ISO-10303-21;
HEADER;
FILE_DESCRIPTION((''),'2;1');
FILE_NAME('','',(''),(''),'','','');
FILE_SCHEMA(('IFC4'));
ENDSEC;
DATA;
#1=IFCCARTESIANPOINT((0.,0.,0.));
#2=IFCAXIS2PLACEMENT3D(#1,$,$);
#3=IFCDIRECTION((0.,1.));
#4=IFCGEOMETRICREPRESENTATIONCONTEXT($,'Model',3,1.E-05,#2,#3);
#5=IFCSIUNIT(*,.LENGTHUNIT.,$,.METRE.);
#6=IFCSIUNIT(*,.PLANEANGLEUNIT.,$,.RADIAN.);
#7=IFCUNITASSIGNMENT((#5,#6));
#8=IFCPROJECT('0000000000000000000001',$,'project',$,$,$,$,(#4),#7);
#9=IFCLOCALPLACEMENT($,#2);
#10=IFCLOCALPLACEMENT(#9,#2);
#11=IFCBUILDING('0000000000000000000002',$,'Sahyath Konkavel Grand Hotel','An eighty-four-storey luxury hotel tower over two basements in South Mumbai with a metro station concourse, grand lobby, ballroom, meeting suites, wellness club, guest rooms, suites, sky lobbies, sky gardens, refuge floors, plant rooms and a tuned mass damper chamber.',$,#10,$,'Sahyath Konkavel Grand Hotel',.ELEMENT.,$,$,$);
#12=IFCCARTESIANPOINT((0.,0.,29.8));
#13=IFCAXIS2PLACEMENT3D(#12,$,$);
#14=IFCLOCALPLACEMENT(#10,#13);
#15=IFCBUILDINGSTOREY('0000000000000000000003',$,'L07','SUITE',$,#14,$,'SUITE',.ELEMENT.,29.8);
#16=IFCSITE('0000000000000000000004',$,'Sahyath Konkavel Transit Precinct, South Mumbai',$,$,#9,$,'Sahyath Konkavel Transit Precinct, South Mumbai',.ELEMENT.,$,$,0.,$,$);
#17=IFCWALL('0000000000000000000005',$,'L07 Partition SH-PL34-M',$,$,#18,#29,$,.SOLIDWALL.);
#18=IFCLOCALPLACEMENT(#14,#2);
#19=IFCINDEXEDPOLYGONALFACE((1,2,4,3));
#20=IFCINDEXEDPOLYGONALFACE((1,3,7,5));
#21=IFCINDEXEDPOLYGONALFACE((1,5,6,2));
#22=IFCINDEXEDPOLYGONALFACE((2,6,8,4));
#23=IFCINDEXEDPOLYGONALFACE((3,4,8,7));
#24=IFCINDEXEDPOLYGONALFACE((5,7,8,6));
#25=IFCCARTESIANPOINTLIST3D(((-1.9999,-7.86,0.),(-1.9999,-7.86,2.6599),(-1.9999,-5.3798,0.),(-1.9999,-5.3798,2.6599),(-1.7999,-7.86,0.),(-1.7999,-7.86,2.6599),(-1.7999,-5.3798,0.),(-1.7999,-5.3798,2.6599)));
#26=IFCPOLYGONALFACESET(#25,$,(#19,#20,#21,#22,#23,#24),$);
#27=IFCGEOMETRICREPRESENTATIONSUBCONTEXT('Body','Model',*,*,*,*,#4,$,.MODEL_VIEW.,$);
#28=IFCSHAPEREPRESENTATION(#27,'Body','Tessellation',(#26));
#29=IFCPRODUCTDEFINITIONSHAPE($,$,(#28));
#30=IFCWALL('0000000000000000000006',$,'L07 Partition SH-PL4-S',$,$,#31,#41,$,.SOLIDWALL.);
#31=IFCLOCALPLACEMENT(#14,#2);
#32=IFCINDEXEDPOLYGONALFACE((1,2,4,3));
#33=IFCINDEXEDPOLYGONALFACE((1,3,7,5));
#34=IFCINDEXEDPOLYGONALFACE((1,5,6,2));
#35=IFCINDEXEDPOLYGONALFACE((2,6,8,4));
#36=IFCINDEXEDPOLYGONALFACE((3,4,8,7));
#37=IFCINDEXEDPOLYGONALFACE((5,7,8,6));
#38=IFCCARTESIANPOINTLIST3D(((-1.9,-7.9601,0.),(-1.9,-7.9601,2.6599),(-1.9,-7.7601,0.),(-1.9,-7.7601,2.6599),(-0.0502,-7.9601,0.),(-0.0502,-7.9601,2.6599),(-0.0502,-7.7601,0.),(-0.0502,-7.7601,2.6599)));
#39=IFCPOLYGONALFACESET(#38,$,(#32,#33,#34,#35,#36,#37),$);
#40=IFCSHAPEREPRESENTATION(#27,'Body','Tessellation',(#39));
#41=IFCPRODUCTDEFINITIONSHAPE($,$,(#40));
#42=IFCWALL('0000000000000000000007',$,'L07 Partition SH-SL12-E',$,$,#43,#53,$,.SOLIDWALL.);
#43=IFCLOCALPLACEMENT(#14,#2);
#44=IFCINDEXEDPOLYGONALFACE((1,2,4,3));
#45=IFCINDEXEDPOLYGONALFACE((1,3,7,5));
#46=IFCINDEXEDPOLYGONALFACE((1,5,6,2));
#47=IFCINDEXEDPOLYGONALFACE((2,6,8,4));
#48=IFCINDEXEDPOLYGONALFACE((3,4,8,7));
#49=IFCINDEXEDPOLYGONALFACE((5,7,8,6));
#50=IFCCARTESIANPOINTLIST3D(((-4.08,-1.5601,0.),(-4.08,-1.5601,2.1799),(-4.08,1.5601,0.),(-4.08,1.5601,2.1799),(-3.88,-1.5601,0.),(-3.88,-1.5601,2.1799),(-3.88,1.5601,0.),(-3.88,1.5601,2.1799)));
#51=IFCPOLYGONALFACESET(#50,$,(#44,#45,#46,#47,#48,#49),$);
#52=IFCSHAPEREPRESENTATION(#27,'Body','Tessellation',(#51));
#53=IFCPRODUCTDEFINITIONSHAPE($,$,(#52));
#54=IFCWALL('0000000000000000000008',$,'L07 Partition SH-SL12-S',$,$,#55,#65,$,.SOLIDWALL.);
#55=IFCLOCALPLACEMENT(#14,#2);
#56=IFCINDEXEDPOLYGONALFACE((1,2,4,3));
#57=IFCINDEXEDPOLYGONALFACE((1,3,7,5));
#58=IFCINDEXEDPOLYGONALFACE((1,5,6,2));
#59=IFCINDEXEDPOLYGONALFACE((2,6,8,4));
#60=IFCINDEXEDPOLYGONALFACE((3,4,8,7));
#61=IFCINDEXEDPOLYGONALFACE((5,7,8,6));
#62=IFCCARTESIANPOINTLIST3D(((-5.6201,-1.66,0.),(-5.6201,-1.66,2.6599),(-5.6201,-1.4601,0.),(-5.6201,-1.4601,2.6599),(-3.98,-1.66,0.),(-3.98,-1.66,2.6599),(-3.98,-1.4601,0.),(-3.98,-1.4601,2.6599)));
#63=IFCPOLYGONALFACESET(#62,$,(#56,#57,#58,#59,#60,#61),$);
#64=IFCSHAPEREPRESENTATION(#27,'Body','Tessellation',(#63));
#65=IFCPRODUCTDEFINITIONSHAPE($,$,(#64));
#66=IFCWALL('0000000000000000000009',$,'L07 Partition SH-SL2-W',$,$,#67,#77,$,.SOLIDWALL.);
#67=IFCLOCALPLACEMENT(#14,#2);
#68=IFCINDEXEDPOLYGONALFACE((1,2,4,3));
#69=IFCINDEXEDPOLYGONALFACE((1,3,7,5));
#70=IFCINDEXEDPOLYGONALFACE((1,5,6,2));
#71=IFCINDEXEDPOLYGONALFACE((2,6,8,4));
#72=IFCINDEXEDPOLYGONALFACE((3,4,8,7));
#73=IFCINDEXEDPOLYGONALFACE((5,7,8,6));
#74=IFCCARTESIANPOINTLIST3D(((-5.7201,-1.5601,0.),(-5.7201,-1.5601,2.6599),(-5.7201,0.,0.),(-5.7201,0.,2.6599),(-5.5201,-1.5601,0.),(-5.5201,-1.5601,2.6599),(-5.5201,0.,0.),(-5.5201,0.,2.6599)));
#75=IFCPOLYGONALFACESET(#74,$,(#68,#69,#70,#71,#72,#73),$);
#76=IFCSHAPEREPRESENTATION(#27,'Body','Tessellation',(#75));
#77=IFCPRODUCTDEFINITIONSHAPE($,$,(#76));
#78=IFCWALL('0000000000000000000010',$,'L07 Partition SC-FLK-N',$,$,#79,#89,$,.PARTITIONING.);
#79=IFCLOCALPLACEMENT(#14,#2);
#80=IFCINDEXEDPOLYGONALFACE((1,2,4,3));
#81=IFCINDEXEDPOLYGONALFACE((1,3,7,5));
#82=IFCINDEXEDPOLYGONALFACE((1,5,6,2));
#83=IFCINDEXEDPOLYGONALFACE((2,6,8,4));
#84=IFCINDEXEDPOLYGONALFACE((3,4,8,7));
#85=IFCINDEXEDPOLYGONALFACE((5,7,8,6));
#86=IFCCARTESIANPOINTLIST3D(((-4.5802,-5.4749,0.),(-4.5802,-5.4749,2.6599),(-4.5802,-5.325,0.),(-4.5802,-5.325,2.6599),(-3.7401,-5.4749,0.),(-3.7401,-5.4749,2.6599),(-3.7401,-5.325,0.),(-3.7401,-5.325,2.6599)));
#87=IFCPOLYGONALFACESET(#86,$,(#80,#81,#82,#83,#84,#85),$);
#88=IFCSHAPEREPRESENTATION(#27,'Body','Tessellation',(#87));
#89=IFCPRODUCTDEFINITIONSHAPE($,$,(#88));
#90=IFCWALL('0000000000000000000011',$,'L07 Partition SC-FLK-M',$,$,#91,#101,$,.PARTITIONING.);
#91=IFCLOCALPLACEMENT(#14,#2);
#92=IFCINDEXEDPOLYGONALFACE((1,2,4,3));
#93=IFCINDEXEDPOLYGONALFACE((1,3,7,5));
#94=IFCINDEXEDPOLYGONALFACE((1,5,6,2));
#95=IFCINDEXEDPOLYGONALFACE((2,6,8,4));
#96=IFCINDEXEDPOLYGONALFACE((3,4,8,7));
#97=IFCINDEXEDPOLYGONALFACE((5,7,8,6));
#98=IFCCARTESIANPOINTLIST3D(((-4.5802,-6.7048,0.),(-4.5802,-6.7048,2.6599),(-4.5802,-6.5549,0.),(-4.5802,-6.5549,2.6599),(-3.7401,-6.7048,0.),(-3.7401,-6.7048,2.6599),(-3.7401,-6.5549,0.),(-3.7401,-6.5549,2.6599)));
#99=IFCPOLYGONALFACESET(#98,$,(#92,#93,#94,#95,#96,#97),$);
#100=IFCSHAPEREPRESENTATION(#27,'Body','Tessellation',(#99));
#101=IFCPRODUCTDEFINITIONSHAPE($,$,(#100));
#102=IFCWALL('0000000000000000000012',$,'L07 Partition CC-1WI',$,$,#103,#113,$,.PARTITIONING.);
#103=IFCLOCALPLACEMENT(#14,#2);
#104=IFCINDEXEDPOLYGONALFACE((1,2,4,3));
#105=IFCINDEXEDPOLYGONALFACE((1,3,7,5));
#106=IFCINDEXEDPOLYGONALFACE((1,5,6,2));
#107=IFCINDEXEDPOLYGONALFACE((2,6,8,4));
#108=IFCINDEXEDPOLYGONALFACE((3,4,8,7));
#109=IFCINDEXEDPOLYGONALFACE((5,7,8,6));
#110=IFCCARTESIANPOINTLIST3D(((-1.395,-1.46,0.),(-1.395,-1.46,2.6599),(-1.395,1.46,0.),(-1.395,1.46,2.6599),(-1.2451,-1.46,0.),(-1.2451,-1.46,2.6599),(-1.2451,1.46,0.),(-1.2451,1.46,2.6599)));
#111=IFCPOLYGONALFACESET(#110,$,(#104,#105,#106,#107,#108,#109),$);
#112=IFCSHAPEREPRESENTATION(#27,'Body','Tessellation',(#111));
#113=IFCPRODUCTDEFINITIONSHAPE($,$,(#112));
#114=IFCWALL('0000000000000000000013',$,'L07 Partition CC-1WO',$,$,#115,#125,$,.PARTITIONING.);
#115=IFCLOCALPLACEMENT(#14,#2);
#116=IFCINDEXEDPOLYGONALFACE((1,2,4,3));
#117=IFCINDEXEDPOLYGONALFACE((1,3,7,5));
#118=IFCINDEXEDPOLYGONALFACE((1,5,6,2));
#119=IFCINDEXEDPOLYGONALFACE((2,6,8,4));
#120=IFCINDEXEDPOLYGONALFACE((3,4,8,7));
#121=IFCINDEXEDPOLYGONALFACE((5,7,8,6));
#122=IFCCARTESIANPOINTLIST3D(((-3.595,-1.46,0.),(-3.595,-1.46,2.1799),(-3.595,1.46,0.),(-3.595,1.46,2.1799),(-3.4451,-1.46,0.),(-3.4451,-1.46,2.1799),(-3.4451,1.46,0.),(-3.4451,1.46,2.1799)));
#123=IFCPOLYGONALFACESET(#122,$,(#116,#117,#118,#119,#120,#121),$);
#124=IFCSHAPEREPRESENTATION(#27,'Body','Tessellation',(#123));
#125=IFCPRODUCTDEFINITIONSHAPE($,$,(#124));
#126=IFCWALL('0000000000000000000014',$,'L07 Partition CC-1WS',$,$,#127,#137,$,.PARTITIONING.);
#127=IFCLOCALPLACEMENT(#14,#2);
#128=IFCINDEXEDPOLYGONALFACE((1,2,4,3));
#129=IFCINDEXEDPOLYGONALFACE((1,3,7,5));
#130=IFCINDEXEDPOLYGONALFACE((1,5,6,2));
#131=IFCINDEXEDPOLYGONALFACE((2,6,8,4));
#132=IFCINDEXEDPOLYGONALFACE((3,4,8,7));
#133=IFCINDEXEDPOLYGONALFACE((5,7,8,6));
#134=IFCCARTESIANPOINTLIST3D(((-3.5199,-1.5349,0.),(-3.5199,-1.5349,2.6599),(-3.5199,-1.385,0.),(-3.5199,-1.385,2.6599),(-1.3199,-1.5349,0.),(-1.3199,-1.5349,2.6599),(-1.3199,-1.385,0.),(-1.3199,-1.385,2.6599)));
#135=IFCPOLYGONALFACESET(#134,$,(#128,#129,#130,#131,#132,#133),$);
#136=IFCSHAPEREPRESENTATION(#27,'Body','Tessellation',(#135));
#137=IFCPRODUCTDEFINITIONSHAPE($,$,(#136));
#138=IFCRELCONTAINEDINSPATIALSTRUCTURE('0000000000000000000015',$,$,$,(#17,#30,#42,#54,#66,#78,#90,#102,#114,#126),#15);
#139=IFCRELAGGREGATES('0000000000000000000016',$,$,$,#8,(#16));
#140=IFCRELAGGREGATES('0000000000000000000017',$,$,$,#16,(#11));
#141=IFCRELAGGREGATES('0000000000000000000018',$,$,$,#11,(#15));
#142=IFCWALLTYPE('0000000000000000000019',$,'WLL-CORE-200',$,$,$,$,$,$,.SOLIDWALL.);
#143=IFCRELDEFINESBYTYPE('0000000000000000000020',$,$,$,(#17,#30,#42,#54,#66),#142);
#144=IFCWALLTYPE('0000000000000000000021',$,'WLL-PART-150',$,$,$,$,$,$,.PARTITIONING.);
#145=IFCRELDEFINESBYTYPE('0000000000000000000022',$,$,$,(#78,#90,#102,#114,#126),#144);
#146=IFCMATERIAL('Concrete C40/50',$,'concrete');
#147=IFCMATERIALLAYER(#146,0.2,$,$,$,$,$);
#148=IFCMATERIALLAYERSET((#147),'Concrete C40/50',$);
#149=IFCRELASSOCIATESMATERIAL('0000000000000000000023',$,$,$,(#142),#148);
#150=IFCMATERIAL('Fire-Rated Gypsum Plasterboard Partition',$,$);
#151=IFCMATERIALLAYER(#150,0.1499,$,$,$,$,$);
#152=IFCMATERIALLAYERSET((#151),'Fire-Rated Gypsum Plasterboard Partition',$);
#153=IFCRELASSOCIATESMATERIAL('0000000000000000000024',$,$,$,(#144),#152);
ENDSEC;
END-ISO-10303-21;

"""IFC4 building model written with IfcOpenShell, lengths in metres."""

from ifc_helpers import new_model, si_unit, direction, frame, frame_2d, origin, place, context, subcontext, project, spatial, rectangle, extrude, material, layer, layer_set, type_object, element, save


model = new_model("IFC4")

# Units and contexts
model_context = context("Model", 3, precision=1e-05, world=origin(), true_north=direction((0.0, 1.0)))
body_context = subcontext(model_context, "Body", "Model", "MODEL_VIEW")
ifc_project = project(units=[si_unit("LENGTHUNIT", "METRE"), si_unit("PLANEANGLEUNIT", "RADIAN")], contexts=[model_context])

# Site, building, storey
site_placement = place(None, origin())
site = spatial("IfcSite", under=ifc_project, at=site_placement, Name="Sahyath Konkavel Transit Precinct, South Mumbai", LongName="Sahyath Konkavel Transit Precinct, South Mumbai", CompositionType="ELEMENT", RefElevation=0.0)
building_placement = place(site_placement, origin())
building = spatial("IfcBuilding", under=site, at=building_placement, Name="Sahyath Konkavel Grand Hotel", Description="An eighty-four-storey luxury hotel tower over two basements in South Mumbai with a metro station concourse, grand lobby, ballroom, meeting suites, wellness club, guest rooms, suites, sky lobbies, sky gardens, refuge floors, plant rooms and a tuned mass damper chamber.", LongName="Sahyath Konkavel Grand Hotel", CompositionType="ELEMENT")
storey_placement = place(building_placement, frame((0.0, 0.0, 29.8)))
storey = spatial("IfcBuildingStorey", under=building, at=storey_placement, Name="L07", Description="SUITE", LongName="SUITE", CompositionType="ELEMENT", Elevation=29.8)

# Shared definitions
ifc_material_1 = material(Name="Concrete C40/50", Category="concrete")
ifc_layer_1 = layer(ifc_material_1, 0.2)
ifc_layer_set_1 = layer_set([ifc_layer_1], Name="Concrete C40/50")
wall_type_1 = type_object("IfcWallType", Name="WLL-CORE-200", PredefinedType="SOLIDWALL", material=ifc_layer_set_1)

# Walls
wall_1_placement = place(storey_placement, frame((-1.8999, -7.8601, 0.0), z_axis=(0.0, 0.0, 1.0), x_axis=(0.0, 1.0, 0.0)))
element("IfcWall", 1, at=wall_1_placement, inside=storey, type_object=wall_type_1, Name="L07 Partition SH-PL34-M", PredefinedType="SOLIDWALL", context=body_context, shape_type="SweptSolid", body=[
    extrude(rectangle(XDim=2.4802, YDim=0.2, at=frame_2d((1.2402, 0.0))), origin(), (0.0, 0.0, 1.0), 2.6599),
])
wall_2_placement = place(storey_placement, frame((-1.8999, -7.8601, 0.0), z_axis=(0.0, 0.0, 1.0), x_axis=(1.0, 0.0, 0.0)))
element("IfcWall", 2, at=wall_2_placement, inside=storey, type_object=wall_type_1, Name="L07 Partition SH-PL4-S", PredefinedType="SOLIDWALL", context=body_context, shape_type="SweptSolid", body=[
    extrude(rectangle(XDim=1.8499, YDim=0.2, at=frame_2d((0.9248, 0.0))), origin(), (0.0, 0.0, 1.0), 2.6599),
])
wall_3_placement = place(storey_placement, frame((-3.98, -1.5601, 0.0), z_axis=(0.0, 0.0, 1.0), x_axis=(0.0, 1.0, 0.0)))
element("IfcWall", 3, at=wall_3_placement, inside=storey, type_object=wall_type_1, Name="L07 Partition SH-SL12-E", PredefinedType="SOLIDWALL", context=body_context, shape_type="SweptSolid", body=[
    extrude(rectangle(XDim=3.1201, YDim=0.2, at=frame_2d((1.5601, 0.0))), origin(), (0.0, 0.0, 1.0), 2.1799),
])
wall_4_placement = place(storey_placement, frame((-5.6201, -1.5601, 0.0), z_axis=(0.0, 0.0, 1.0), x_axis=(1.0, 0.0, 0.0)))
element("IfcWall", 4, at=wall_4_placement, inside=storey, type_object=wall_type_1, Name="L07 Partition SH-SL12-S", PredefinedType="SOLIDWALL", context=body_context, shape_type="SweptSolid", body=[
    extrude(rectangle(XDim=1.6401, YDim=0.2, at=frame_2d((0.8201, 0.0))), origin(), (0.0, 0.0, 1.0), 2.6599),
])
wall_5_placement = place(storey_placement, frame((-5.6201, -1.5601, 0.0), z_axis=(0.0, 0.0, 1.0), x_axis=(0.0, 1.0, 0.0)))
element("IfcWall", 5, at=wall_5_placement, inside=storey, type_object=wall_type_1, Name="L07 Partition SH-SL2-W", PredefinedType="SOLIDWALL", context=body_context, shape_type="SweptSolid", body=[
    extrude(rectangle(XDim=1.5601, YDim=0.2, at=frame_2d((0.78, 0.0))), origin(), (0.0, 0.0, 1.0), 2.6599),
])
ifc_material_2 = material(Name="Fire-Rated Gypsum Plasterboard Partition")
ifc_layer_2 = layer(ifc_material_2, 0.1499)
ifc_layer_set_2 = layer_set([ifc_layer_2], Name="Fire-Rated Gypsum Plasterboard Partition")
wall_type_2 = type_object("IfcWallType", Name="WLL-PART-150", PredefinedType="PARTITIONING", material=ifc_layer_set_2)
for number, where, z_axis, x_axis, name in (
    (6, (-4.5801, -5.3999, 0.0), (0.0, 0.0, 1.0), (1.0, 0.0, 0.0), "L07 Partition SC-FLK-N"),
    (7, (-4.5801, -6.6299, 0.0), (0.0, 0.0, 1.0), (1.0, 0.0, 0.0), "L07 Partition SC-FLK-M"),
):
    element("IfcWall", number, at=place(storey_placement, frame(where, z_axis=z_axis, x_axis=x_axis)), inside=storey, type_object=wall_type_2, Name=name, PredefinedType="PARTITIONING", context=body_context, shape_type="SweptSolid", body=[
        extrude(rectangle(XDim=0.8401, YDim=0.1499, at=frame_2d((0.4199, 0.0))), origin(), (0.0, 0.0, 1.0), 2.6599),
    ])
wall_6_placement = place(storey_placement, frame((-1.3201, -1.46, 0.0), z_axis=(0.0, 0.0, 1.0), x_axis=(0.0, 1.0, 0.0)))
element("IfcWall", 8, at=wall_6_placement, inside=storey, type_object=wall_type_2, Name="L07 Partition CC-1WI", PredefinedType="PARTITIONING", context=body_context, shape_type="SweptSolid", body=[
    extrude(rectangle(XDim=2.9199, YDim=0.1499, at=frame_2d((1.46, 0.0))), origin(), (0.0, 0.0, 1.0), 2.6599),
])
wall_7_placement = place(storey_placement, frame((-3.52, -1.46, 0.0), z_axis=(0.0, 0.0, 1.0), x_axis=(0.0, 1.0, 0.0)))
element("IfcWall", 9, at=wall_7_placement, inside=storey, type_object=wall_type_2, Name="L07 Partition CC-1WO", PredefinedType="PARTITIONING", context=body_context, shape_type="SweptSolid", body=[
    extrude(rectangle(XDim=2.9199, YDim=0.1499, at=frame_2d((1.46, 0.0))), origin(), (0.0, 0.0, 1.0), 2.1799),
])
wall_8_placement = place(storey_placement, frame((-3.52, -1.46, 0.0), z_axis=(0.0, 0.0, 1.0), x_axis=(1.0, 0.0, 0.0)))
element("IfcWall", 10, at=wall_8_placement, inside=storey, type_object=wall_type_2, Name="L07 Partition CC-1WS", PredefinedType="PARTITIONING", context=body_context, shape_type="SweptSolid", body=[
    extrude(rectangle(XDim=2.2, YDim=0.1499, at=frame_2d((1.1001, 0.0))), origin(), (0.0, 0.0, 1.0), 2.6599),
])

save(model, "model.ifc")
